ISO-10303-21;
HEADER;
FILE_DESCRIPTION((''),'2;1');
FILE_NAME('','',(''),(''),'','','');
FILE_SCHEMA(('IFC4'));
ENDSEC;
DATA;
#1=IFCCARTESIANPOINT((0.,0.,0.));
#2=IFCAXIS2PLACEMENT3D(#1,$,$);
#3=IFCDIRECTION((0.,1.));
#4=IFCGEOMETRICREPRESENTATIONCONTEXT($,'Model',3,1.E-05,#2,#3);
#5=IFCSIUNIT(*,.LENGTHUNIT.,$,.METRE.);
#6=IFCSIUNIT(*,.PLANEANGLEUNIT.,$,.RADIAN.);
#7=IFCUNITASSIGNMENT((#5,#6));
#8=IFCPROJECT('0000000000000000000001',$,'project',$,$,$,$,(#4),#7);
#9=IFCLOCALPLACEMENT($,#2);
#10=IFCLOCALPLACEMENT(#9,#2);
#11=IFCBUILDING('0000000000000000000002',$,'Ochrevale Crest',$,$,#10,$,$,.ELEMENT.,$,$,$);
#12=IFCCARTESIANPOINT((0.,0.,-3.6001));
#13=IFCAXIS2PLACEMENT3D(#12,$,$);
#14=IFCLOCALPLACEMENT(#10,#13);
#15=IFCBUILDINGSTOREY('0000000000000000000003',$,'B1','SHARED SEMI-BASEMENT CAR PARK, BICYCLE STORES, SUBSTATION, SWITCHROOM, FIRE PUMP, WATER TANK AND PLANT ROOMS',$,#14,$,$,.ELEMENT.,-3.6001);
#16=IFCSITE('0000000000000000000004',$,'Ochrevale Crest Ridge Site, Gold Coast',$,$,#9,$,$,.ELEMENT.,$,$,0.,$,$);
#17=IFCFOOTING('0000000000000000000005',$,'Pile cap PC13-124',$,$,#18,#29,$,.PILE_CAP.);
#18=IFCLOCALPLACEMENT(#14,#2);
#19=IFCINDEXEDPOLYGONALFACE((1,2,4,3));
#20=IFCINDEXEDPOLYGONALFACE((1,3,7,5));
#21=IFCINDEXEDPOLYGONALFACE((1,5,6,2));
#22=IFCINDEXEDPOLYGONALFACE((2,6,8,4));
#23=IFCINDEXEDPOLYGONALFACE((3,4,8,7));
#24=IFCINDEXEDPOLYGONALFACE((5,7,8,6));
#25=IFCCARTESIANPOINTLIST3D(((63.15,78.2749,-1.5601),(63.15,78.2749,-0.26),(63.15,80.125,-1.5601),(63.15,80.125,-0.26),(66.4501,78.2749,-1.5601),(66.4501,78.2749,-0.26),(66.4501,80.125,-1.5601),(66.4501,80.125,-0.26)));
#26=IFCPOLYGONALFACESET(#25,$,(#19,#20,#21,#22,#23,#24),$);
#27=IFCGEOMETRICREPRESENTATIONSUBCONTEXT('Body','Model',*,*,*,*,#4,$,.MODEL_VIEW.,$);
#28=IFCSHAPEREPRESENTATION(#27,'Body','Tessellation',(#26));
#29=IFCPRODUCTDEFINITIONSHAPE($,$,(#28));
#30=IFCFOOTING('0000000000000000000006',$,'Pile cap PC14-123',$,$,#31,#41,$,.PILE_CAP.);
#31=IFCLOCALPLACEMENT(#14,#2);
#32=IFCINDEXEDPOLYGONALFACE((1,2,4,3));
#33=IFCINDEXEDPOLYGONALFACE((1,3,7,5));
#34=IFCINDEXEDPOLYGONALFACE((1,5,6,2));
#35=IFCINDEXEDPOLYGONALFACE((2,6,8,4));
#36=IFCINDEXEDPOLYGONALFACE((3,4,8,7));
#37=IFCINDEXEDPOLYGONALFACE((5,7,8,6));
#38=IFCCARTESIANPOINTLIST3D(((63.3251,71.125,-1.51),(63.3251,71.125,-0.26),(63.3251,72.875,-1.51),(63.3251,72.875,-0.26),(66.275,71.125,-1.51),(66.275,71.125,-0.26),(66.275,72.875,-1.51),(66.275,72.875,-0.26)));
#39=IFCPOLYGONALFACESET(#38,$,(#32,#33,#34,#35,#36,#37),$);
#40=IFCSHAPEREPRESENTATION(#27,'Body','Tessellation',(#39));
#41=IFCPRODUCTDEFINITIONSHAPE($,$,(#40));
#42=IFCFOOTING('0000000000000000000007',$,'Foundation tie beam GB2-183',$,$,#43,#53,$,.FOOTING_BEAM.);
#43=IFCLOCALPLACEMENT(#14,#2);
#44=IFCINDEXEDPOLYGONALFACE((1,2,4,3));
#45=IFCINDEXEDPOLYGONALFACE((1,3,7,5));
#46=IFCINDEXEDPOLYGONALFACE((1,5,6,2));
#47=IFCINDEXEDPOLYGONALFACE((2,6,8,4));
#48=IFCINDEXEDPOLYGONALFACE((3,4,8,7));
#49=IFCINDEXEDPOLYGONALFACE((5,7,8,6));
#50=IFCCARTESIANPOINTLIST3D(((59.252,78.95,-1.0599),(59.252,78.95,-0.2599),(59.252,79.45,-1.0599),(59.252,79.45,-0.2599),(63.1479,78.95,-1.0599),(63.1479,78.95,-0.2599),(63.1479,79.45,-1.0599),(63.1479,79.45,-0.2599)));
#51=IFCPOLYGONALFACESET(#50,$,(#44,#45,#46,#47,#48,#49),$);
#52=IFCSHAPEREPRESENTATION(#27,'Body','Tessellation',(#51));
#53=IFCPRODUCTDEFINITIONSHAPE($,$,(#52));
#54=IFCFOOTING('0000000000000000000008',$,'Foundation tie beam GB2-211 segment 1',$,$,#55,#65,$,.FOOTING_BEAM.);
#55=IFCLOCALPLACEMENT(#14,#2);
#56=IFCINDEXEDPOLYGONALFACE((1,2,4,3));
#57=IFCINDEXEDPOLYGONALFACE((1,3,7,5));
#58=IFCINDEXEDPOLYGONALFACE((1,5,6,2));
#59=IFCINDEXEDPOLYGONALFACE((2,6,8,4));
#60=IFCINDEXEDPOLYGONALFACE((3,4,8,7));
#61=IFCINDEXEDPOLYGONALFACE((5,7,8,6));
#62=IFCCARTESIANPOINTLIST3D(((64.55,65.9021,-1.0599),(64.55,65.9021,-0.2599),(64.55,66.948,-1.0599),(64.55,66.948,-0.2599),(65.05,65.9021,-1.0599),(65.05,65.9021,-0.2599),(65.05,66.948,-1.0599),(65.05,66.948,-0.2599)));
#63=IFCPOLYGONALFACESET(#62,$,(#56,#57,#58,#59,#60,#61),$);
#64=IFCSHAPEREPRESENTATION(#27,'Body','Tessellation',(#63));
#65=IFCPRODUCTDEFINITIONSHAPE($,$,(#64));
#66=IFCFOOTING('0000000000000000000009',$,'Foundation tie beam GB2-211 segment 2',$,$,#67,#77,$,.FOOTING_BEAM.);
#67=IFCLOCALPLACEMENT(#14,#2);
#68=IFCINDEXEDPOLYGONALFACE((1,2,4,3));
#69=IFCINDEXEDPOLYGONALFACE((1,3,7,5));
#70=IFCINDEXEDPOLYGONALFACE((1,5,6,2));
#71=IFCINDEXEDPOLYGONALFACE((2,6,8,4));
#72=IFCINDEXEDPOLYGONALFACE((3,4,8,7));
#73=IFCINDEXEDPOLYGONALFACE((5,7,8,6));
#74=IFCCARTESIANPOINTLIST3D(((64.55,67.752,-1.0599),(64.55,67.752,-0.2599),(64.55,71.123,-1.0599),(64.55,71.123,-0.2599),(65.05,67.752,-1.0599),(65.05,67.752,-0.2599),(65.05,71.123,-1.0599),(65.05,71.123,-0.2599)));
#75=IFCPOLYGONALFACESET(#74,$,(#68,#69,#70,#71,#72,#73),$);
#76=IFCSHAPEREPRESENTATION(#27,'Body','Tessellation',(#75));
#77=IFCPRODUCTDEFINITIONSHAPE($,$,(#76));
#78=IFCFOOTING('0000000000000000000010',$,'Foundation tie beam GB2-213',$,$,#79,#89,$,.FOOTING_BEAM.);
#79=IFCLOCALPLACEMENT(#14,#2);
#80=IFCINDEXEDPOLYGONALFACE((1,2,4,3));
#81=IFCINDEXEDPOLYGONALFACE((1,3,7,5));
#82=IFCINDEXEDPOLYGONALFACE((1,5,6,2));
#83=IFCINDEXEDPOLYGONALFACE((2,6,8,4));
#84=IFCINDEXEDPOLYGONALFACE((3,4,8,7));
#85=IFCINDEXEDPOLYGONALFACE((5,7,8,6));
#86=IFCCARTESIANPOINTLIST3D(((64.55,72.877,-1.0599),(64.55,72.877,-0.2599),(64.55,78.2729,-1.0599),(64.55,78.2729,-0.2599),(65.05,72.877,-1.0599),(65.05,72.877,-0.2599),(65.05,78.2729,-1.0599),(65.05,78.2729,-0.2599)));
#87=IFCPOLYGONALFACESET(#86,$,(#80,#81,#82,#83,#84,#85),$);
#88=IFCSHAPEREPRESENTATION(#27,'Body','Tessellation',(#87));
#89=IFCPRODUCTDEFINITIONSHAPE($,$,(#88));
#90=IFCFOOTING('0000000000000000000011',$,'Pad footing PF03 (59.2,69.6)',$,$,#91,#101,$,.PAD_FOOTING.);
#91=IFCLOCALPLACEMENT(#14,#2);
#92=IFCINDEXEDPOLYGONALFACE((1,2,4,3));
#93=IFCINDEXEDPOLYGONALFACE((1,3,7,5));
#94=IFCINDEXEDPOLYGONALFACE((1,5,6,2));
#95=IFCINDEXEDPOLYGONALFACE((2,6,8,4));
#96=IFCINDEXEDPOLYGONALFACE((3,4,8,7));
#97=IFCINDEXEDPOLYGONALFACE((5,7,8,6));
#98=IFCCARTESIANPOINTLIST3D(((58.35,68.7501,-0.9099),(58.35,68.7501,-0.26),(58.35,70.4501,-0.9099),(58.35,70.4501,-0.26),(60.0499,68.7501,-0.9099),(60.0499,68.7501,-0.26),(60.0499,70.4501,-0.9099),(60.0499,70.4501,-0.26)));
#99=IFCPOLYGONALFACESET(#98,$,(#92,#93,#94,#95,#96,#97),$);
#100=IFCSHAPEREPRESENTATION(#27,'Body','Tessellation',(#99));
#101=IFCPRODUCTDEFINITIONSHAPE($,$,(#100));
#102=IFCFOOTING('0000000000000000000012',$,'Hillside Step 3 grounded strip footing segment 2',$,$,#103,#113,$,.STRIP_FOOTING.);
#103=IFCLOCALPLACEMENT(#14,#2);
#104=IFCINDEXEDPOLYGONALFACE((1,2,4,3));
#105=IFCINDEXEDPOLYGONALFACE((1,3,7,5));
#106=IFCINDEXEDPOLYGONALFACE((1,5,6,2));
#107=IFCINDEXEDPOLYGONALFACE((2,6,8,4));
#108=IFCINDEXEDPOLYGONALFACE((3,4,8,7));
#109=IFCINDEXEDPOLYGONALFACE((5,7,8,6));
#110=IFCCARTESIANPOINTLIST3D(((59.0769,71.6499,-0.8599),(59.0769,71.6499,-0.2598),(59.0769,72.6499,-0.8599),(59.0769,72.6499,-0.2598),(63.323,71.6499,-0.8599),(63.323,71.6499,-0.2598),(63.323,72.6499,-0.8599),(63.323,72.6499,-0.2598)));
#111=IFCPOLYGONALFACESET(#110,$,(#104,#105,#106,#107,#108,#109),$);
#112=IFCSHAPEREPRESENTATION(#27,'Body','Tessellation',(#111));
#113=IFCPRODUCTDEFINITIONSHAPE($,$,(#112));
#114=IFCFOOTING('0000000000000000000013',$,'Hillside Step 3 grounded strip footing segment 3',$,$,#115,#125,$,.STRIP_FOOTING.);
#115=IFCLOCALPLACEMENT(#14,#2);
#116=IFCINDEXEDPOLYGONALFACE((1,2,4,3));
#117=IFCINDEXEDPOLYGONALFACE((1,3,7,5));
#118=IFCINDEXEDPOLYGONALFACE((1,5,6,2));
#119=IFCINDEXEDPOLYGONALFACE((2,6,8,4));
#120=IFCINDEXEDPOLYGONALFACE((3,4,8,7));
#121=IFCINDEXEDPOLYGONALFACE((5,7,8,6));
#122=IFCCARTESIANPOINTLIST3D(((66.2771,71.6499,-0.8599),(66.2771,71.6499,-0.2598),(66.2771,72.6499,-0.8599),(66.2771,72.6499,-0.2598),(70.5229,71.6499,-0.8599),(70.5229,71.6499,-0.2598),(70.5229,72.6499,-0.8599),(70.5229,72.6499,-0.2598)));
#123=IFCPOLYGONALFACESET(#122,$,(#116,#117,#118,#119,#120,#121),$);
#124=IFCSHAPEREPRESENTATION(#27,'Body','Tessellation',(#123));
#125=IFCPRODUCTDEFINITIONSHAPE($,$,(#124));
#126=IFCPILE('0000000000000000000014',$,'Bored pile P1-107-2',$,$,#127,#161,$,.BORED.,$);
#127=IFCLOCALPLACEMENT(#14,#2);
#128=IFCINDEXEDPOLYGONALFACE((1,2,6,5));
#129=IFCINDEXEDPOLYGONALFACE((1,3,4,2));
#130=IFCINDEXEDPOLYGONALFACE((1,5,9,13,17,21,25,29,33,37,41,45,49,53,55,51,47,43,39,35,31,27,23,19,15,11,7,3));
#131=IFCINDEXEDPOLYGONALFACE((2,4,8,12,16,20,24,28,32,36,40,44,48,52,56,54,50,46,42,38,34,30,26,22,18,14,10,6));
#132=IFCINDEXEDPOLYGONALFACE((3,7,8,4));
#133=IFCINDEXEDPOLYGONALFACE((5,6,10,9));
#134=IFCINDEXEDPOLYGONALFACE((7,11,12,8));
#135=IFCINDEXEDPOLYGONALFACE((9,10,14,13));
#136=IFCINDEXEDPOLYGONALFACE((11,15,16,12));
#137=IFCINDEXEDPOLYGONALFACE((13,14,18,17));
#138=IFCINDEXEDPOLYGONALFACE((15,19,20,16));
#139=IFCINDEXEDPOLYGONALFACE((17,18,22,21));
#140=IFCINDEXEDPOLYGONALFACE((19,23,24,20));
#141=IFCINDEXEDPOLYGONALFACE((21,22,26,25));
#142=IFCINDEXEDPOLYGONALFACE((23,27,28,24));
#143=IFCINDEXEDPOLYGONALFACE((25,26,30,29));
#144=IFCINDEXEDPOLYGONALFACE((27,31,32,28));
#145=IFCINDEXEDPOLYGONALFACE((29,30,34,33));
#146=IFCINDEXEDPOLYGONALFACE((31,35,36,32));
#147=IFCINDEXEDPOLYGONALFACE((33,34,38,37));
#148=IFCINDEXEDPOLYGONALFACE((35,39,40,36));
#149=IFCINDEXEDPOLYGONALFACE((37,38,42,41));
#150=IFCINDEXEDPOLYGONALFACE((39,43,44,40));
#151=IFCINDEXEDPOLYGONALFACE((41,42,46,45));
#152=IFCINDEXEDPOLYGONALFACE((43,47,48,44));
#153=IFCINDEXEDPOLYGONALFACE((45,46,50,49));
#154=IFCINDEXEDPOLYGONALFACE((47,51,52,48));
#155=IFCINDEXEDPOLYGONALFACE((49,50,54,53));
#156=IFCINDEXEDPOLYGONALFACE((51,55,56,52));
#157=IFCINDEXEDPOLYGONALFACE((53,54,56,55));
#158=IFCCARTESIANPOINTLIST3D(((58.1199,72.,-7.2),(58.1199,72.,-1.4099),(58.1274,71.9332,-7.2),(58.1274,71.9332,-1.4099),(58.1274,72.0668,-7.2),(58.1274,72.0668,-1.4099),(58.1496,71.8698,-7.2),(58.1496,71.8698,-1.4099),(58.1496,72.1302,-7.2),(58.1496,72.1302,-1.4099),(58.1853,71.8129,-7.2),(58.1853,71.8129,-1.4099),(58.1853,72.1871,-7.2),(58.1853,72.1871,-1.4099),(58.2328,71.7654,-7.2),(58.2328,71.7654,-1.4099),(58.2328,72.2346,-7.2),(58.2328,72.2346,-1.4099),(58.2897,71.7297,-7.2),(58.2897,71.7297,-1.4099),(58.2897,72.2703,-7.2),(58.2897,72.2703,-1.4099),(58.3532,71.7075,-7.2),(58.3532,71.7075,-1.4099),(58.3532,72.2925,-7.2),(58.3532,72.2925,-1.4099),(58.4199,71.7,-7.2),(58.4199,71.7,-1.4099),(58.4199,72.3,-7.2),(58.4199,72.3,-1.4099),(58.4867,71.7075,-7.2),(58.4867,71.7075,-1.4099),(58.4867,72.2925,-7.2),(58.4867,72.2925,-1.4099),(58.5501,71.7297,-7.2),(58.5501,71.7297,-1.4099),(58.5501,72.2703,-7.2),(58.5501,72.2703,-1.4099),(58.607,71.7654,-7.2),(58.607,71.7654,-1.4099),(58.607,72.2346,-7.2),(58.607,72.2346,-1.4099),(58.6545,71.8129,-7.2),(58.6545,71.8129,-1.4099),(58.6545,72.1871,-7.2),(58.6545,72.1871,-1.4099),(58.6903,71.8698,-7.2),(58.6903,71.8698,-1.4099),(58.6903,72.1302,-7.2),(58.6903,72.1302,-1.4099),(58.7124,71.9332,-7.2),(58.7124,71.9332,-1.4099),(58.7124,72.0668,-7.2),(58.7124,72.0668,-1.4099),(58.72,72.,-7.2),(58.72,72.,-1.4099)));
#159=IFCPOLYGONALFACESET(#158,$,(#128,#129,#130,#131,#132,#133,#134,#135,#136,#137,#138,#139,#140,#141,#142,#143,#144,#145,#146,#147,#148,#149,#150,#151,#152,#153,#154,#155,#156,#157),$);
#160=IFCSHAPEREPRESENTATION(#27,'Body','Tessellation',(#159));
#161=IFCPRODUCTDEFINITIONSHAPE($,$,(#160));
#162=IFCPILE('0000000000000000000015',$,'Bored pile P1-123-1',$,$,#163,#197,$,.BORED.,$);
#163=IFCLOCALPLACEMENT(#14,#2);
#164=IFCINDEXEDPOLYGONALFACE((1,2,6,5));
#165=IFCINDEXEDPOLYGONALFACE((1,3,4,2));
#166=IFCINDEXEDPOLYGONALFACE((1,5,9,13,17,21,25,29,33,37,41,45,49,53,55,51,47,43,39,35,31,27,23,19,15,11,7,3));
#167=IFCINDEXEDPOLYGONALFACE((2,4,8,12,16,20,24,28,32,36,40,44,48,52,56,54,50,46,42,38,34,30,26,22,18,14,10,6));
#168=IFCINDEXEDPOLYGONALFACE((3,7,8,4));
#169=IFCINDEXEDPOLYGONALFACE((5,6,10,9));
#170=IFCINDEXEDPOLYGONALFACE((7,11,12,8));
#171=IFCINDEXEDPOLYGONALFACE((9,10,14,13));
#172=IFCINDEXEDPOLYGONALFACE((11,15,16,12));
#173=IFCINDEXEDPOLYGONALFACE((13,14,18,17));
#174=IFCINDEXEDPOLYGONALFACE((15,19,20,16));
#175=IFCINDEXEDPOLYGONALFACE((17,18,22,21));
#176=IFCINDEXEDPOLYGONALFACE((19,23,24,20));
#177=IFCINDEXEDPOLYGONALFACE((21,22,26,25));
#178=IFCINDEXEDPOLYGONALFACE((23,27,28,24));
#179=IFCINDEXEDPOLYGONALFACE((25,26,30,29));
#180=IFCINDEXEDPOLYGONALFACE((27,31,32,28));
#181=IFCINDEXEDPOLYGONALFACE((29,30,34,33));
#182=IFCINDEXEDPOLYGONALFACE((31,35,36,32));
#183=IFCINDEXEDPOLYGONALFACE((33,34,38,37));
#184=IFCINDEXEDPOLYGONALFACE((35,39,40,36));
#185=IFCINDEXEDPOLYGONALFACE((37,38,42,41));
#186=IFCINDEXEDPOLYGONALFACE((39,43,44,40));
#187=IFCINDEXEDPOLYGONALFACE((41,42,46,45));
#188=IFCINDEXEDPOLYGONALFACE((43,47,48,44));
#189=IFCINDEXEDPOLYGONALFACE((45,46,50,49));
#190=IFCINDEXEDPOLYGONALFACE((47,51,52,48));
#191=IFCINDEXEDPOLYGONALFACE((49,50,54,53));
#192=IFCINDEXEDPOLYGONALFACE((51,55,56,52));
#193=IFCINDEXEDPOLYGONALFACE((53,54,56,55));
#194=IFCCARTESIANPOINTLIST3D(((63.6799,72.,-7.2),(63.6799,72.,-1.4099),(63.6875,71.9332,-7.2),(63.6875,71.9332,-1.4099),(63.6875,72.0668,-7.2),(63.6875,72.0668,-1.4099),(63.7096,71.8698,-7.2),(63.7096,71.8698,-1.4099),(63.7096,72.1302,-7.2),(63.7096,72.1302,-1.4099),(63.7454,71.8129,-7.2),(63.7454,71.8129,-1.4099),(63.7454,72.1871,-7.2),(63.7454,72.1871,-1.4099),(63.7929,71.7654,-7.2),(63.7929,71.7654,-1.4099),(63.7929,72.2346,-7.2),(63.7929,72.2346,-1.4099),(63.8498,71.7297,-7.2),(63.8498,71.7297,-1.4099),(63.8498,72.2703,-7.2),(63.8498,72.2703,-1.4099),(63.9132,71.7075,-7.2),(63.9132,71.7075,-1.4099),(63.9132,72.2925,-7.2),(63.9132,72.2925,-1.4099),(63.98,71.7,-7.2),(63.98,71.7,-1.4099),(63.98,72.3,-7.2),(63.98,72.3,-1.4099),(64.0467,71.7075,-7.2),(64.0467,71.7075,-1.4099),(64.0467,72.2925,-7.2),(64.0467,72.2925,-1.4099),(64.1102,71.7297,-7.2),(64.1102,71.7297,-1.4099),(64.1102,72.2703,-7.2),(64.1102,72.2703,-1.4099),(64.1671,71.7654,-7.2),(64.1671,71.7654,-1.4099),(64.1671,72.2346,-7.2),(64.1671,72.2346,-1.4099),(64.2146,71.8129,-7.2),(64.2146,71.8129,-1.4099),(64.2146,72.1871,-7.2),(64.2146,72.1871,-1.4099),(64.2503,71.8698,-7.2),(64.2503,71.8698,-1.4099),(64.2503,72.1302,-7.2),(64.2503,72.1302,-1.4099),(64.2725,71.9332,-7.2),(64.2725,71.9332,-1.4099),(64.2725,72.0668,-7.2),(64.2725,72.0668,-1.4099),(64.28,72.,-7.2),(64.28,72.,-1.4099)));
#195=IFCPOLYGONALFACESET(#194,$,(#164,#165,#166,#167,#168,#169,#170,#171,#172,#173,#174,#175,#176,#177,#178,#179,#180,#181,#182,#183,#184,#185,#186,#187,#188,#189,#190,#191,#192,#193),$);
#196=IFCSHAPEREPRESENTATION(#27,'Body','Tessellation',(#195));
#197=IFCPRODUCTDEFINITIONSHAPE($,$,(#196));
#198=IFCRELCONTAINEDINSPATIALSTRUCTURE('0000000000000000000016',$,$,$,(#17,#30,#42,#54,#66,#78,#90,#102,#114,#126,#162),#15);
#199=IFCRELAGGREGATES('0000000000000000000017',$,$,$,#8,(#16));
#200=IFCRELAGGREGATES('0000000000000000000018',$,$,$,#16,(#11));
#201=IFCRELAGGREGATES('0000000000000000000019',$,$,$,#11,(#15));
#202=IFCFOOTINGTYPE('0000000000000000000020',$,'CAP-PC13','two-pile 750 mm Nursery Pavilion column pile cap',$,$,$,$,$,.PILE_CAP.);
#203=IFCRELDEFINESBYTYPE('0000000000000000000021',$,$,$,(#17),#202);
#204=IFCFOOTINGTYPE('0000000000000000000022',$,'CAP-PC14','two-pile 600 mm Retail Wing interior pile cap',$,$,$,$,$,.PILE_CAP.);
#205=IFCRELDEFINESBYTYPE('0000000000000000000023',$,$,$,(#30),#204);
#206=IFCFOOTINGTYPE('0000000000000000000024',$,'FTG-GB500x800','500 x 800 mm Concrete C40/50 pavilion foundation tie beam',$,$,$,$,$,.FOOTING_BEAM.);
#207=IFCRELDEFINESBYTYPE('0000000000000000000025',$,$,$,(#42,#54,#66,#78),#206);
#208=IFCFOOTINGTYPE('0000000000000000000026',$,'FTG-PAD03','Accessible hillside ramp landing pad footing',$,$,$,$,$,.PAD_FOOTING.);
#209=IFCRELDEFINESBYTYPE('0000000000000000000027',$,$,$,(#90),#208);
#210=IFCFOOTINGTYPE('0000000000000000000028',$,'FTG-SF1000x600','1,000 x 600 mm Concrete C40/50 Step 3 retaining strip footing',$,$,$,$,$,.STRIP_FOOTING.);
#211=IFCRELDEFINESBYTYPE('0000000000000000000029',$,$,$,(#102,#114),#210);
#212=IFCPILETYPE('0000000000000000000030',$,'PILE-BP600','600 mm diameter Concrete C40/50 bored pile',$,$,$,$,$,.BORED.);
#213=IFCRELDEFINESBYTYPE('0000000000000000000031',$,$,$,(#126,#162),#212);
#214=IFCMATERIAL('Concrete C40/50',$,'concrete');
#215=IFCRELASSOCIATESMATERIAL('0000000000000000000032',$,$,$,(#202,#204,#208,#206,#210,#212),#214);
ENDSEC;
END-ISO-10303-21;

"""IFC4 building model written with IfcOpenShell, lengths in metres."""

from ifc_helpers import new_model, si_unit, direction, frame, origin, origin_2d, place, context, subcontext, project, spatial, rectangle, circle, extrude, material, material_profile, profile_set, type_object, element, save


model = new_model("IFC4")

# Units and contexts
model_context = context("Model", 3, precision=1e-05, world=origin(), true_north=direction((0.0, 1.0)))
body_context = subcontext(model_context, "Body", "Model", "MODEL_VIEW")
ifc_project = project(units=[si_unit("LENGTHUNIT", "METRE"), si_unit("PLANEANGLEUNIT", "RADIAN")], contexts=[model_context])

# Site, building, storey
site_placement = place(None, origin())
site = spatial("IfcSite", under=ifc_project, at=site_placement, Name="Ochrevale Crest Ridge Site, Gold Coast", CompositionType="ELEMENT", RefElevation=0.0)
building_placement = place(site_placement, origin())
building = spatial("IfcBuilding", under=site, at=building_placement, Name="Ochrevale Crest", CompositionType="ELEMENT")
storey_placement = place(building_placement, frame((0.0, 0.0, -3.6001)))
storey = spatial("IfcBuildingStorey", under=building, at=storey_placement, Name="B1", Description="SHARED SEMI-BASEMENT CAR PARK, BICYCLE STORES, SUBSTATION, SWITCHROOM, FIRE PUMP, WATER TANK AND PLANT ROOMS", CompositionType="ELEMENT", Elevation=-3.6001)

# Footings
ifc_material_1 = material(Name="Concrete C40/50", Category="concrete")
footing_type_1 = type_object("IfcFootingType", Name="CAP-PC13", Description="two-pile 750 mm Nursery Pavilion column pile cap", PredefinedType="PILE_CAP", material=ifc_material_1)
footing_1_placement = place(storey_placement, frame((64.8, 79.2, -1.5601), z_axis=(0.0, 0.0, 1.0), x_axis=(1.0, 0.0, 0.0)))
element("IfcFooting", 1, at=footing_1_placement, inside=storey, type_object=footing_type_1, Name="Pile cap PC13-124", PredefinedType="PILE_CAP", context=body_context, shape_type="SweptSolid", body=[
    extrude(rectangle(XDim=3.3, YDim=1.8501, at=origin_2d()), origin(), (0.0, 0.0, 1.0), 1.3),
])
footing_type_2 = type_object("IfcFootingType", Name="CAP-PC14", Description="two-pile 600 mm Retail Wing interior pile cap", PredefinedType="PILE_CAP", material=ifc_material_1)
footing_2_placement = place(storey_placement, frame((64.8, 72.0, -1.51), z_axis=(0.0, 0.0, 1.0), x_axis=(1.0, 0.0, 0.0)))
element("IfcFooting", 2, at=footing_2_placement, inside=storey, type_object=footing_type_2, Name="Pile cap PC14-123", PredefinedType="PILE_CAP", context=body_context, shape_type="SweptSolid", body=[
    extrude(rectangle(XDim=2.95, YDim=1.75, at=origin_2d()), origin(), (0.0, 0.0, 1.0), 1.25),
])
ifc_material_profile_1 = material_profile(ifc_material_1, rectangle(XDim=0.5, YDim=0.8, at=origin_2d()), Name="GB 500x800")
ifc_profile_set_1 = profile_set([ifc_material_profile_1], Name="Concrete C40/50")
footing_type_3 = type_object("IfcFootingType", Name="FTG-GB500x800", Description="500 x 800 mm Concrete C40/50 pavilion foundation tie beam", PredefinedType="FOOTING_BEAM", material=ifc_profile_set_1)
footing_3_placement = place(storey_placement, frame((59.252, 79.2, -0.6599), z_axis=(1.0, 0.0, 0.0), x_axis=(0.0, 1.0, 0.0)))
element("IfcFooting", 3, at=footing_3_placement, inside=storey, type_object=footing_type_3, Name="Foundation tie beam GB2-183", PredefinedType="FOOTING_BEAM", context=body_context, shape_type="SweptSolid", body=[
    extrude(rectangle(XDim=0.5, YDim=0.8, at=origin_2d()), origin(), (0.0, 0.0, 1.0), 3.896),
])
footing_4_placement = place(storey_placement, frame((64.8, 65.9021, -0.6599), z_axis=(0.0, 1.0, 0.0), x_axis=(-1.0, 0.0, 0.0)))
element("IfcFooting", 4, at=footing_4_placement, inside=storey, type_object=footing_type_3, Name="Foundation tie beam GB2-211 segment 1", PredefinedType="FOOTING_BEAM", context=body_context, shape_type="SweptSolid", body=[
    extrude(rectangle(XDim=0.5, YDim=0.8, at=origin_2d()), origin(), (0.0, 0.0, 1.0), 1.0459),
])
footing_5_placement = place(storey_placement, frame((64.8, 67.752, -0.6599), z_axis=(0.0, 1.0, 0.0), x_axis=(-1.0, 0.0, 0.0)))
element("IfcFooting", 5, at=footing_5_placement, inside=storey, type_object=footing_type_3, Name="Foundation tie beam GB2-211 segment 2", PredefinedType="FOOTING_BEAM", context=body_context, shape_type="SweptSolid", body=[
    extrude(rectangle(XDim=0.5, YDim=0.8, at=origin_2d()), origin(), (0.0, 0.0, 1.0), 3.3711),
])
footing_6_placement = place(storey_placement, frame((64.8, 72.877, -0.6599), z_axis=(0.0, 1.0, 0.0), x_axis=(-1.0, 0.0, 0.0)))
element("IfcFooting", 6, at=footing_6_placement, inside=storey, type_object=footing_type_3, Name="Foundation tie beam GB2-213", PredefinedType="FOOTING_BEAM", context=body_context, shape_type="SweptSolid", body=[
    extrude(rectangle(XDim=0.5, YDim=0.8, at=origin_2d()), origin(), (0.0, 0.0, 1.0), 5.396),
])
footing_type_4 = type_object("IfcFootingType", Name="FTG-PAD03", Description="Accessible hillside ramp landing pad footing", PredefinedType="PAD_FOOTING", material=ifc_material_1)
footing_7_placement = place(storey_placement, frame((59.2, 69.6001, -0.9099), z_axis=(0.0, 0.0, 1.0), x_axis=(1.0, 0.0, 0.0)))
element("IfcFooting", 7, at=footing_7_placement, inside=storey, type_object=footing_type_4, Name="Pad footing PF03 (59.2,69.6)", PredefinedType="PAD_FOOTING", context=body_context, shape_type="SweptSolid", body=[
    extrude(rectangle(XDim=1.7, YDim=1.7, at=origin_2d()), origin(), (0.0, 0.0, 1.0), 0.6499),
])
ifc_material_profile_2 = material_profile(ifc_material_1, rectangle(XDim=1.0, YDim=0.6001, at=origin_2d()), Name="SF 1000x600")
ifc_profile_set_2 = profile_set([ifc_material_profile_2], Name="Concrete C40/50")
footing_type_5 = type_object("IfcFootingType", Name="FTG-SF1000x600", Description="1,000 x 600 mm Concrete C40/50 Step 3 retaining strip footing", PredefinedType="STRIP_FOOTING", material=ifc_profile_set_2)
footing_8_placement = place(storey_placement, frame((59.0769, 72.1499, -0.5598), z_axis=(1.0, 0.0, 0.0), x_axis=(0.0, 1.0, 0.0)))
element("IfcFooting", 8, at=footing_8_placement, inside=storey, type_object=footing_type_5, Name="Hillside Step 3 grounded strip footing segment 2", PredefinedType="STRIP_FOOTING", context=body_context, shape_type="SweptSolid", body=[
    extrude(rectangle(XDim=1.0, YDim=0.6001, at=origin_2d()), origin(), (0.0, 0.0, 1.0), 4.2461),
])
footing_9_placement = place(storey_placement, frame((66.2771, 72.1499, -0.5598), z_axis=(1.0, 0.0, 0.0), x_axis=(0.0, 1.0, 0.0)))
element("IfcFooting", 9, at=footing_9_placement, inside=storey, type_object=footing_type_5, Name="Hillside Step 3 grounded strip footing segment 3", PredefinedType="STRIP_FOOTING", context=body_context, shape_type="SweptSolid", body=[
    extrude(rectangle(XDim=1.0, YDim=0.6001, at=origin_2d()), origin(), (0.0, 0.0, 1.0), 4.2458),
])

# Piles
ifc_material_profile_3 = material_profile(ifc_material_1, circle(Radius=0.3, at=origin_2d()), Name="BORED PILE 600")
ifc_profile_set_3 = profile_set([ifc_material_profile_3], Name="Concrete C40/50")
pile_type_1 = type_object("IfcPileType", Name="PILE-BP600", Description="600 mm diameter Concrete C40/50 bored pile", PredefinedType="BORED", material=ifc_profile_set_3)
for number, where, z_axis, x_axis, name in (
    (10, (58.4199, 72.0, -1.4099), (0.0, 0.0, -1.0), (1.0, 0.0, 0.0), "Bored pile P1-107-2"),
    (11, (63.98, 72.0, -1.4099), (0.0, 0.0, -1.0), (1.0, 0.0, 0.0), "Bored pile P1-123-1"),
):
    element("IfcPile", number, at=place(storey_placement, frame(where, z_axis=z_axis, x_axis=x_axis)), inside=storey, type_object=pile_type_1, Name=name, PredefinedType="BORED", context=body_context, shape_type="SweptSolid", body=[
        extrude(circle(Radius=0.3, at=origin_2d()), origin(), (0.0, 0.0, 1.0), 5.79),
    ])

save(model, "model.ifc")
